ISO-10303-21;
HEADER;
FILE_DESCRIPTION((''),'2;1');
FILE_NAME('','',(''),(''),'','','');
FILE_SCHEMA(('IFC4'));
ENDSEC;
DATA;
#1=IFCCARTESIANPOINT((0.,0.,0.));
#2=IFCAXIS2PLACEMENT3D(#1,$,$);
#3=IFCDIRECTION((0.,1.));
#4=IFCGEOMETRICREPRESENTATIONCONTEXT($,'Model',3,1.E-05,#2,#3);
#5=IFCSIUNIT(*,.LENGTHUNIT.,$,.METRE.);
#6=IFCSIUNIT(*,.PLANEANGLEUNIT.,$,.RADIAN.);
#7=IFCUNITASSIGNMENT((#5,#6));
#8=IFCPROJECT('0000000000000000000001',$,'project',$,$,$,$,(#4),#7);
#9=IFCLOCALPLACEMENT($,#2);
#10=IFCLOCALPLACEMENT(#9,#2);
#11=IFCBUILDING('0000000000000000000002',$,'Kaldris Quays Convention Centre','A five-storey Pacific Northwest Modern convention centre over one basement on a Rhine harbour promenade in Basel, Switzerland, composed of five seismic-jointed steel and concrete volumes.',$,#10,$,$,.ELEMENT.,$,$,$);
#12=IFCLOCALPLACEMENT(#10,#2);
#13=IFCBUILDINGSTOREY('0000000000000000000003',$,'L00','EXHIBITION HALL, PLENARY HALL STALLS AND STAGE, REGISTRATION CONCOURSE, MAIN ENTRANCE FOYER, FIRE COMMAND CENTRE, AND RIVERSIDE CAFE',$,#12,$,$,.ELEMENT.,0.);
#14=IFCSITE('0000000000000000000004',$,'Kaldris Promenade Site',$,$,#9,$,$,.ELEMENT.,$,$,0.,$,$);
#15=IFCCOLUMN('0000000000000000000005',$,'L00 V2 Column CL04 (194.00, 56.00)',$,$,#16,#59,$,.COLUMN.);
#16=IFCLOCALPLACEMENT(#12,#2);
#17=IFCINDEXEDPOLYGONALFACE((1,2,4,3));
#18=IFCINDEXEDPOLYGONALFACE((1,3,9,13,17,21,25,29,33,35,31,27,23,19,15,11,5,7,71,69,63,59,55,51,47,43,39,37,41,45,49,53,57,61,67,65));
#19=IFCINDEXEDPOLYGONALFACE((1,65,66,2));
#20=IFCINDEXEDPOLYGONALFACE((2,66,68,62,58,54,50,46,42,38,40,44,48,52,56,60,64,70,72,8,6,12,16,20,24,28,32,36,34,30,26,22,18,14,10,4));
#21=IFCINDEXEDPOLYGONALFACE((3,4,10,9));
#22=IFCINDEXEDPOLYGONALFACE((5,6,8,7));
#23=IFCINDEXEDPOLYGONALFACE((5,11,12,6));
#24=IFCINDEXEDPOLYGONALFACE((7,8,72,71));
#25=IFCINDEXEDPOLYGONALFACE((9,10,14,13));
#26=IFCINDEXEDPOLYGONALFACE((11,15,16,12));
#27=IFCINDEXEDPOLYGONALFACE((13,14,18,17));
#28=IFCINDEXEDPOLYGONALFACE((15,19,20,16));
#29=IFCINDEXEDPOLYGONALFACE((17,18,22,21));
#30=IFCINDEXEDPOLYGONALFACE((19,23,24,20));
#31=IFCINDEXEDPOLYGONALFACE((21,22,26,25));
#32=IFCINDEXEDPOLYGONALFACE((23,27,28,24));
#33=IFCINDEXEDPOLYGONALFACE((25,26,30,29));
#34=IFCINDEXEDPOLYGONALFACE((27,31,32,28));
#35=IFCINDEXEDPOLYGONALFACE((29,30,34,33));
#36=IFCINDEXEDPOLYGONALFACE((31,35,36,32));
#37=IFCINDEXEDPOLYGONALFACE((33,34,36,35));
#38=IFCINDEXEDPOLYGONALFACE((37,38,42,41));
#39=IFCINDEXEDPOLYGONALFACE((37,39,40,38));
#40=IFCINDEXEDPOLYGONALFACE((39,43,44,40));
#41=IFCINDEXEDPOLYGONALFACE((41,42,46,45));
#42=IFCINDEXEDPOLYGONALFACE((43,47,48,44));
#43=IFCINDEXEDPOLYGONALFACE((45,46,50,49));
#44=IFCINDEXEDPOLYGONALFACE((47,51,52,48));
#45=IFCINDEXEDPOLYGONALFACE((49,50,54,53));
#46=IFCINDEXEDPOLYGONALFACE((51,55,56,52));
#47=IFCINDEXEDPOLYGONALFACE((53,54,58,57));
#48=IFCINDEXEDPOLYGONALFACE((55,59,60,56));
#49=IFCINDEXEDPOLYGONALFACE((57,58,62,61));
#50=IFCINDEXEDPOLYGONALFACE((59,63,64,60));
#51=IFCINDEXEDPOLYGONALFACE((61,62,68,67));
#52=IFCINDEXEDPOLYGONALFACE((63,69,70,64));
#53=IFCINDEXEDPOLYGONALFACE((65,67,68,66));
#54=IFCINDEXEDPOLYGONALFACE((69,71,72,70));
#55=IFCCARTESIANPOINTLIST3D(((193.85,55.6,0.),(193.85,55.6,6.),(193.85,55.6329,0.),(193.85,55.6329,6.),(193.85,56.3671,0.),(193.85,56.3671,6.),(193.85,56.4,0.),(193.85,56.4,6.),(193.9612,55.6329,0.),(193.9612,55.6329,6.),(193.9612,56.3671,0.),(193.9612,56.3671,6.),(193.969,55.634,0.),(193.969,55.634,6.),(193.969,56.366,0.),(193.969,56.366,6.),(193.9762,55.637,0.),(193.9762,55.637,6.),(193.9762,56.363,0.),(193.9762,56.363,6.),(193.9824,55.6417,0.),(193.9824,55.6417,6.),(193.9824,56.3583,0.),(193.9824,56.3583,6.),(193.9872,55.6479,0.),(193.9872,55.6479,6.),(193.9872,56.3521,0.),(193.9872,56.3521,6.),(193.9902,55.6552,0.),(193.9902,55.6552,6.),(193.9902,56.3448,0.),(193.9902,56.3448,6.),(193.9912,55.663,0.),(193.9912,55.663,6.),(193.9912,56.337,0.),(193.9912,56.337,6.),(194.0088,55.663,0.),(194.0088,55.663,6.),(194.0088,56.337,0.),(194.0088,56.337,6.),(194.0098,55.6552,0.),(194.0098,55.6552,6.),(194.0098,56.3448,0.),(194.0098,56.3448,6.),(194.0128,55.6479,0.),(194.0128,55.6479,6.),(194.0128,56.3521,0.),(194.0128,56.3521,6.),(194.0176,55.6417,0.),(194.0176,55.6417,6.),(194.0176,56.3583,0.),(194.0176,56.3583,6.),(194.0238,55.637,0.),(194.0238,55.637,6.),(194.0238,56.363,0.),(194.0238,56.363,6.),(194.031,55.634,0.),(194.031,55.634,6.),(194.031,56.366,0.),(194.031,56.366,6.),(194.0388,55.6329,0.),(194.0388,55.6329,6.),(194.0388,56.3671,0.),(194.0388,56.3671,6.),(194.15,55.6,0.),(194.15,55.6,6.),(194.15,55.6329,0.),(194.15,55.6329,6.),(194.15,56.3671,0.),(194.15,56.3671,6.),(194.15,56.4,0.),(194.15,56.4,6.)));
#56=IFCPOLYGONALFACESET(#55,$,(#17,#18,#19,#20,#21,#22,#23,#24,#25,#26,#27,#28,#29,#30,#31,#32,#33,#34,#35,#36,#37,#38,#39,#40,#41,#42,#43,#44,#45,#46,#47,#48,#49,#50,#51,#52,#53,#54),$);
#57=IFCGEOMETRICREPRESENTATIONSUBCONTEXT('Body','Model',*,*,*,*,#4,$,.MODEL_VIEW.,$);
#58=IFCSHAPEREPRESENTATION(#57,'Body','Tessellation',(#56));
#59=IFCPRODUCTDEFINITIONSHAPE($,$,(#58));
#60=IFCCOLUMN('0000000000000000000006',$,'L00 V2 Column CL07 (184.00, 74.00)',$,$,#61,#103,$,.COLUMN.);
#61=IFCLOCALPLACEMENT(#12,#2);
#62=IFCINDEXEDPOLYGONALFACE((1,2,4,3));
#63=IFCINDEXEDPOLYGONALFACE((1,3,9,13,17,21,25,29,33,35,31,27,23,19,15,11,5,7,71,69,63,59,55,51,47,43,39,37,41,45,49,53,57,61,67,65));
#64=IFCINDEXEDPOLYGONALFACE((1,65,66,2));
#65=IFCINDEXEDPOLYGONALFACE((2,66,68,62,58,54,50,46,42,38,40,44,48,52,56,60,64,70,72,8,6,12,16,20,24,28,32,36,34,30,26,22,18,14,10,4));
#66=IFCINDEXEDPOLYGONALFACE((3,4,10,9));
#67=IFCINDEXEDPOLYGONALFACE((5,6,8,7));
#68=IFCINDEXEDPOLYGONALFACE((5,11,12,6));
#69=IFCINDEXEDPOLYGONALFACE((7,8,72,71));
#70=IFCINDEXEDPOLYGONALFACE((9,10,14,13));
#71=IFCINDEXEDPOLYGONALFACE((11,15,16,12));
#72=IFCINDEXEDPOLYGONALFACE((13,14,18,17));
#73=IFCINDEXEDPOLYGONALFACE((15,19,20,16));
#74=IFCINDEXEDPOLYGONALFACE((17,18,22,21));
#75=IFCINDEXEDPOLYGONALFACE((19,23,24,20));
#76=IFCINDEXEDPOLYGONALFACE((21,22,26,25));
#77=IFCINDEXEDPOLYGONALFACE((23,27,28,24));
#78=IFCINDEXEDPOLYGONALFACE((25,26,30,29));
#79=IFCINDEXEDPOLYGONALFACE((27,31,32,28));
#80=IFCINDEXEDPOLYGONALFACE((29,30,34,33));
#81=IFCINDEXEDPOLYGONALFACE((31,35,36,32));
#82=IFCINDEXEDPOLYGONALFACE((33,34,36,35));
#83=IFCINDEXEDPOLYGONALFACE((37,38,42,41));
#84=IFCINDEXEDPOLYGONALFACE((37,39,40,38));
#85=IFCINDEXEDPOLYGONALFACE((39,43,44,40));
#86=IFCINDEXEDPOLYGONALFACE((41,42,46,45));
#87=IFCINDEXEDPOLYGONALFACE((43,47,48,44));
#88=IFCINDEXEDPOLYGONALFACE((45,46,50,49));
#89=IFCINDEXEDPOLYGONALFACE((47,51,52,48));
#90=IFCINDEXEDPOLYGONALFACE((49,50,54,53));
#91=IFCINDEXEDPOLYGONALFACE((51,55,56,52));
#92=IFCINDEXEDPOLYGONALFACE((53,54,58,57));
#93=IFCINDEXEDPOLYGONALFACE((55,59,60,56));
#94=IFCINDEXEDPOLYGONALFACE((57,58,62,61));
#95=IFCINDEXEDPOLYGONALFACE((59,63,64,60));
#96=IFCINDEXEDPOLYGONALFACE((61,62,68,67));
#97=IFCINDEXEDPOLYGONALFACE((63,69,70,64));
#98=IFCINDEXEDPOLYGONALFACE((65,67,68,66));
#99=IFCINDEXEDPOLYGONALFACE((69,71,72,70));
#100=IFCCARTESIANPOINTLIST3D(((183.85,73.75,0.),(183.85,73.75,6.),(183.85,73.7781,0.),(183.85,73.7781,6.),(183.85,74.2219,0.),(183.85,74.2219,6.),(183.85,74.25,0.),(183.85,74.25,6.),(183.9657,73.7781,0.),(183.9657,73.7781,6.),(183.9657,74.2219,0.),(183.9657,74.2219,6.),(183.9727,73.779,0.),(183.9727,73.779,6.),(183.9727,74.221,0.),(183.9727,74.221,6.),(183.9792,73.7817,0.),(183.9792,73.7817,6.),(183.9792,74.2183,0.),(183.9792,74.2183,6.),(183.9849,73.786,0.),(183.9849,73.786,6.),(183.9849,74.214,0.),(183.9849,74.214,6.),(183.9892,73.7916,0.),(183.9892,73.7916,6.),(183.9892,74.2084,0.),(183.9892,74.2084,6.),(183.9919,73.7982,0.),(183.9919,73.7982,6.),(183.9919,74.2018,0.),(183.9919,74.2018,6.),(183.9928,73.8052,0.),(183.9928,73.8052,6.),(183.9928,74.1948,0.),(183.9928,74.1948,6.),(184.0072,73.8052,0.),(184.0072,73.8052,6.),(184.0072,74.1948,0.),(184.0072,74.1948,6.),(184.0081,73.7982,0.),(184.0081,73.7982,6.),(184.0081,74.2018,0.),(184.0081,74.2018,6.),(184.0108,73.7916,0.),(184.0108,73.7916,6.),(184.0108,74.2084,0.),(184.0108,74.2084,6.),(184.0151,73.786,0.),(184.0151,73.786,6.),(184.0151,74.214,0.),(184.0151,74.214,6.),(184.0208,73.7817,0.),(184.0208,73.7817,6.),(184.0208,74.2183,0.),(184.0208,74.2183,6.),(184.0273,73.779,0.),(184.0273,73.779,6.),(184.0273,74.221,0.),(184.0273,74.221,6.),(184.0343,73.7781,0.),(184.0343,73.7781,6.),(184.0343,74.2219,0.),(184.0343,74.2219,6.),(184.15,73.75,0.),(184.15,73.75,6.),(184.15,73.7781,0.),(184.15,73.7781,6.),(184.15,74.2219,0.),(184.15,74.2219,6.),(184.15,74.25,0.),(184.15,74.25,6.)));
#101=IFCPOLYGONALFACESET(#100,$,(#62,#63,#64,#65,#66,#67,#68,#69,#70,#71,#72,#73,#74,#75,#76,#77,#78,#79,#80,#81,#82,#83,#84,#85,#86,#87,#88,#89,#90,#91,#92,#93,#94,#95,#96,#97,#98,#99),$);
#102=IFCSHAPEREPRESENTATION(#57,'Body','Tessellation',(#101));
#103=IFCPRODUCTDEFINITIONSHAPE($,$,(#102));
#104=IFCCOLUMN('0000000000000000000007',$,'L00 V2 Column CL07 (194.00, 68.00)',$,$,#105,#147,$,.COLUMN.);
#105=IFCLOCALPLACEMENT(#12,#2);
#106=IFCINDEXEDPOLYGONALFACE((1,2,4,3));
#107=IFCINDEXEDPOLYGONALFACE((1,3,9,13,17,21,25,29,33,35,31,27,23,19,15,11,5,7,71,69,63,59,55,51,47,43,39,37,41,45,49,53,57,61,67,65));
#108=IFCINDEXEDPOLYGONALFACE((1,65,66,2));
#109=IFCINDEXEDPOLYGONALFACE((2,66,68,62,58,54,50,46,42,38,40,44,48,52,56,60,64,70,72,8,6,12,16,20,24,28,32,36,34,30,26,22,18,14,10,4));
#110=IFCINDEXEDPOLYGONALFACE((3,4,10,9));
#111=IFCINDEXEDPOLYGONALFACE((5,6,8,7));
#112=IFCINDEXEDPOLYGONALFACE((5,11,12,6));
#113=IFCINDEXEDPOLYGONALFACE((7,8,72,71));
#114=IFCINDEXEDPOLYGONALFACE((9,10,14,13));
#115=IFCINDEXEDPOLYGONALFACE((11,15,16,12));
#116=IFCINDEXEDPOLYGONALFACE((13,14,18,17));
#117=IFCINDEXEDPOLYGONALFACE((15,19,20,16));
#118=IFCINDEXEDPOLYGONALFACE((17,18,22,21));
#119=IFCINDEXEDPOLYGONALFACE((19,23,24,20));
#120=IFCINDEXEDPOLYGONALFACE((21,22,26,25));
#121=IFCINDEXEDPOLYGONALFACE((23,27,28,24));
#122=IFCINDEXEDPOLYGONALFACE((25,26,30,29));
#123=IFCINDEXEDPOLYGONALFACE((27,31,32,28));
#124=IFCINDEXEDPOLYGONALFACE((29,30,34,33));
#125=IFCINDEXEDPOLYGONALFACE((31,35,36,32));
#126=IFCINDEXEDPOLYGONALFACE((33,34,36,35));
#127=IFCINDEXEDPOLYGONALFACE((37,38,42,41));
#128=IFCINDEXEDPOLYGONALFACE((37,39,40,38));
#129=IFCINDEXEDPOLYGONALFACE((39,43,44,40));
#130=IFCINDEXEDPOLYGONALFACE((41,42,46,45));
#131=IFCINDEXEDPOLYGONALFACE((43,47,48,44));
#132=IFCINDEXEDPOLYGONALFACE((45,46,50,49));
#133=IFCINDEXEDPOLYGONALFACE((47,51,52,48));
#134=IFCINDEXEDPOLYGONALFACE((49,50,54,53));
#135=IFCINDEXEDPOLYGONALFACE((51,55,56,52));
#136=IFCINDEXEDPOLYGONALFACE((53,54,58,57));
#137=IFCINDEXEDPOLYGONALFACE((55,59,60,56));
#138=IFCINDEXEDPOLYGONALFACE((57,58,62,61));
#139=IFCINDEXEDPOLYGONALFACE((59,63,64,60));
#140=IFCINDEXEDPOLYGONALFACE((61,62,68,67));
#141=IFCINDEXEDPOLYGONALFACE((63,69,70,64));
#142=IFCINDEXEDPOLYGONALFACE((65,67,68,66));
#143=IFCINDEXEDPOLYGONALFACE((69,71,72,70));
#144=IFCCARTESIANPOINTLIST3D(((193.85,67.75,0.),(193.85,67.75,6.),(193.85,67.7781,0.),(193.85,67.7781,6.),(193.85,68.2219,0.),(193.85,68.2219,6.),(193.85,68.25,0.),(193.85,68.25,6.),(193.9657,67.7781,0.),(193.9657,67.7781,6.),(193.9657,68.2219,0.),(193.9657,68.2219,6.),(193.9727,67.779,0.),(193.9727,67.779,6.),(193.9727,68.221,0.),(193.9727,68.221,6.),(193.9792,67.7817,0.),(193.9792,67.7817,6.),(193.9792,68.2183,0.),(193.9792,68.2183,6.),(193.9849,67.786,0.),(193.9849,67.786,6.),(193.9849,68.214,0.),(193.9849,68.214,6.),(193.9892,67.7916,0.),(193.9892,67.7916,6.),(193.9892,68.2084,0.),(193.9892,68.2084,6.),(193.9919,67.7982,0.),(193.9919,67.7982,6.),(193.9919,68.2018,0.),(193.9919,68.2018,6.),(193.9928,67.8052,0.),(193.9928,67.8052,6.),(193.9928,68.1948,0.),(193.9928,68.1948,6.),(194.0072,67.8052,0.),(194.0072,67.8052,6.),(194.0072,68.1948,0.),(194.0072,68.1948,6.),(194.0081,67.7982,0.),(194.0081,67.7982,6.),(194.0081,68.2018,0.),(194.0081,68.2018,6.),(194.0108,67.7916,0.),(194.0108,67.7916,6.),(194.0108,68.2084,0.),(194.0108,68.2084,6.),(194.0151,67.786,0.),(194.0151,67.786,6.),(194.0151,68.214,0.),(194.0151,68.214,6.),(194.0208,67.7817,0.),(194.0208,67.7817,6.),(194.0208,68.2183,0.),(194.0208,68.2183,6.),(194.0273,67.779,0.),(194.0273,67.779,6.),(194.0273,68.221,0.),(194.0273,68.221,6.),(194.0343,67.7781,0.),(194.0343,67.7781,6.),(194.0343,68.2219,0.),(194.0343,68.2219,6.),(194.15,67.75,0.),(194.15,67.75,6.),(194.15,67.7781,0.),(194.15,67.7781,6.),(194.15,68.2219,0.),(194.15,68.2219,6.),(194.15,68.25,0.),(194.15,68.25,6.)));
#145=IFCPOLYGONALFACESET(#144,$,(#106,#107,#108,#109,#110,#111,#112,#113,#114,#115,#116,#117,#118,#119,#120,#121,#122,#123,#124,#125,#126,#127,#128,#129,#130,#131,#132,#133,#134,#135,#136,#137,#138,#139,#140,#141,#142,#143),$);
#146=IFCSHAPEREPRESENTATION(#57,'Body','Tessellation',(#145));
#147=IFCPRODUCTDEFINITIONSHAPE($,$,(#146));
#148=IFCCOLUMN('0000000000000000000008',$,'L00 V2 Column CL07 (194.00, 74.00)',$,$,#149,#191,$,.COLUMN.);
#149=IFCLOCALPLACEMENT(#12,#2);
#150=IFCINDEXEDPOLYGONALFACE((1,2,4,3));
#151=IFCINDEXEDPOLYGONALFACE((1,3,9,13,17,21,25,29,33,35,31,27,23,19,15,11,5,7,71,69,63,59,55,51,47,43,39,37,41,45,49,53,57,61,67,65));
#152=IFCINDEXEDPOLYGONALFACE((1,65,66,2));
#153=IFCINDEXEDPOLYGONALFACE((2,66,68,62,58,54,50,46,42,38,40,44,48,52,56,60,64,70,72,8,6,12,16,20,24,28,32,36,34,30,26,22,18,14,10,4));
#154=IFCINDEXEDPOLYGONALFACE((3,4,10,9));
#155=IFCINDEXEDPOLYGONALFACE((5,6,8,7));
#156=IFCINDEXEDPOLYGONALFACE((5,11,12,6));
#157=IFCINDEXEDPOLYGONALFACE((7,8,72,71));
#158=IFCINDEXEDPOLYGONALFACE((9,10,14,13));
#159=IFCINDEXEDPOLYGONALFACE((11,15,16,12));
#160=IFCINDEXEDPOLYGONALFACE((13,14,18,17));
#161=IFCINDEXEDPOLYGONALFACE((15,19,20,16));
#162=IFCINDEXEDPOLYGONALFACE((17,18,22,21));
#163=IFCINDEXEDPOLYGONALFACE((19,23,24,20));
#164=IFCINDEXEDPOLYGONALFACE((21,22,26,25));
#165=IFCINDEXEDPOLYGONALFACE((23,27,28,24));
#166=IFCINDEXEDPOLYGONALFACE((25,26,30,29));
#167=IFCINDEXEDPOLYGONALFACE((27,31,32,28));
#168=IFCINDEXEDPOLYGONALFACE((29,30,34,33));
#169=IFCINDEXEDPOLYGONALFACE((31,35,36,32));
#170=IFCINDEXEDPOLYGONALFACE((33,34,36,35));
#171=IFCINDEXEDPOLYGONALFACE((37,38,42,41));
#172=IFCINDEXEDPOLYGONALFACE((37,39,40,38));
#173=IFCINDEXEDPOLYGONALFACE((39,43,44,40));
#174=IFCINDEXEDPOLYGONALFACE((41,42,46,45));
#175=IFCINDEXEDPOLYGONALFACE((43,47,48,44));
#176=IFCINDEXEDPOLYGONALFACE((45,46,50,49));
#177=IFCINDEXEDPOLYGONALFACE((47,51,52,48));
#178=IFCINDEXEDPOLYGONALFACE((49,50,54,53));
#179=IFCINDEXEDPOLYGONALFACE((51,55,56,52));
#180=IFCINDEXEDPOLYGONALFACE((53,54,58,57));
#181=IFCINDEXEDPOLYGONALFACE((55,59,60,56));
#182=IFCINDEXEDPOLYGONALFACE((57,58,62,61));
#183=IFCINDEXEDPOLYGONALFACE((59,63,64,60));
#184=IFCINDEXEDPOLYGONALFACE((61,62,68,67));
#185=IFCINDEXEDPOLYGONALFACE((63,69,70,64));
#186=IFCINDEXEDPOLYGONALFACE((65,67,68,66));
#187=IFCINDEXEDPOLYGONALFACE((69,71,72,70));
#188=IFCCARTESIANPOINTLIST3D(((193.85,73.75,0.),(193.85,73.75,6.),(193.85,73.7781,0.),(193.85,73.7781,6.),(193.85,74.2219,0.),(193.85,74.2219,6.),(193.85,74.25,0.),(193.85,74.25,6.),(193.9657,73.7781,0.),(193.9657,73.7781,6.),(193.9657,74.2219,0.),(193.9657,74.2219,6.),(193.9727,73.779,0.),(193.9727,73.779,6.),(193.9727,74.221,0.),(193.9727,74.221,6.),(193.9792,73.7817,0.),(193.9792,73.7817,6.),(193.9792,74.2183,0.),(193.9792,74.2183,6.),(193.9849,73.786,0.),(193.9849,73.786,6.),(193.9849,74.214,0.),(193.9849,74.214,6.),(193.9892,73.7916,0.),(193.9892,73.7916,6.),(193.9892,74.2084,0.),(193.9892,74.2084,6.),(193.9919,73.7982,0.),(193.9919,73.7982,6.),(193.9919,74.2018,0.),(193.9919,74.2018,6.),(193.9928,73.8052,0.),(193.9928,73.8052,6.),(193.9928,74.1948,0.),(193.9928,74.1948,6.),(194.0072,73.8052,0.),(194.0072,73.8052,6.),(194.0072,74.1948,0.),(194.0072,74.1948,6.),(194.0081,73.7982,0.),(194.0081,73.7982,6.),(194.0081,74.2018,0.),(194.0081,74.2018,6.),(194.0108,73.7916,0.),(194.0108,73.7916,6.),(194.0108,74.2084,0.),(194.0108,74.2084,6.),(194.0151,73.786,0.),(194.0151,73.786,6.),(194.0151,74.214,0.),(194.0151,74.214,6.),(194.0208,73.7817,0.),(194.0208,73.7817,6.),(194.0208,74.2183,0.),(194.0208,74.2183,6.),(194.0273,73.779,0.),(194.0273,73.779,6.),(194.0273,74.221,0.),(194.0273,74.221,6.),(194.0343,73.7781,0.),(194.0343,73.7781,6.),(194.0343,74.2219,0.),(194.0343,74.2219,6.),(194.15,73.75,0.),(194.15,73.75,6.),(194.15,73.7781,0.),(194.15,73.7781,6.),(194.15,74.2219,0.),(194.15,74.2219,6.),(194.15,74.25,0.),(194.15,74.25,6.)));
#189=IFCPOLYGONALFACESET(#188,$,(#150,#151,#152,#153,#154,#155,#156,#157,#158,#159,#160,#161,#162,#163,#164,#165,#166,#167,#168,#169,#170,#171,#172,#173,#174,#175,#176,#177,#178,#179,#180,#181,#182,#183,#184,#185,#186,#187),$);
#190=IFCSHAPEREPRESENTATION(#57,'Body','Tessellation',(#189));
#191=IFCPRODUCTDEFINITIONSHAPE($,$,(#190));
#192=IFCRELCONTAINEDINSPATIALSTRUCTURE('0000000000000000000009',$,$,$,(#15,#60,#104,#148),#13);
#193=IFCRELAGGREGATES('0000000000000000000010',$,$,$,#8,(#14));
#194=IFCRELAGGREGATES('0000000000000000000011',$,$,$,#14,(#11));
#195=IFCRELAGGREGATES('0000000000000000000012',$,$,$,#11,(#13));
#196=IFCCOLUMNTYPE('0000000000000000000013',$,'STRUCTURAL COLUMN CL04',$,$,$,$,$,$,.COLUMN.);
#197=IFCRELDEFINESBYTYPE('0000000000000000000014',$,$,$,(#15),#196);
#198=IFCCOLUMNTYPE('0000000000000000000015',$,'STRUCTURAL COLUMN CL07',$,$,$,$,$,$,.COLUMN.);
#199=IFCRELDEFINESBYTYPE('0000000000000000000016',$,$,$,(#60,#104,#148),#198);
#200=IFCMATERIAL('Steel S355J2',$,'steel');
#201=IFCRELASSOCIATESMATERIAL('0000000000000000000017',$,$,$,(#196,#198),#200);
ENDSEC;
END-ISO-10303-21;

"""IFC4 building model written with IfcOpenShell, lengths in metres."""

from ifc_helpers import new_model, si_unit, direction, frame, origin, origin_2d, place, context, subcontext, project, spatial, i_section, extrude, material, material_profile, profile_set, type_object, element, save


model = new_model("IFC4")

# Units and contexts
model_context = context("Model", 3, precision=1e-05, world=origin(), true_north=direction((0.0, 1.0)))
body_context = subcontext(model_context, "Body", "Model", "MODEL_VIEW")
ifc_project = project(units=[si_unit("LENGTHUNIT", "METRE"), si_unit("PLANEANGLEUNIT", "RADIAN")], contexts=[model_context])

# Site, building, storey
site_placement = place(None, origin())
site = spatial("IfcSite", under=ifc_project, at=site_placement, Name="Kaldris Promenade Site", CompositionType="ELEMENT", RefElevation=0.0)
building_placement = place(site_placement, origin())
building = spatial("IfcBuilding", under=site, at=building_placement, Name="Kaldris Quays Convention Centre", Description="A five-storey Pacific Northwest Modern convention centre over one basement on a Rhine harbour promenade in Basel, Switzerland, composed of five seismic-jointed steel and concrete volumes.", CompositionType="ELEMENT")
storey_placement = place(building_placement, origin())
storey = spatial("IfcBuildingStorey", under=building, at=storey_placement, Name="L00", Description="EXHIBITION HALL, PLENARY HALL STALLS AND STAGE, REGISTRATION CONCOURSE, MAIN ENTRANCE FOYER, FIRE COMMAND CENTRE, AND RIVERSIDE CAFE", CompositionType="ELEMENT", Elevation=0.0)

# Columns
ifc_material_1 = material(Name="Steel S355J2", Category="steel")
ifc_material_profile_1 = material_profile(ifc_material_1, i_section(OverallWidth=0.3, OverallDepth=0.8, WebThickness=0.0176, FlangeThickness=0.033, FilletRadius=0.03, at=origin_2d()), Name="HEB 800")
ifc_profile_set_1 = profile_set([ifc_material_profile_1], Name="Steel S355J2")
column_type_1 = type_object("IfcColumnType", Name="STRUCTURAL COLUMN CL04", PredefinedType="COLUMN", material=ifc_profile_set_1)
column_placement = place(storey_placement, frame((194.0, 56.0, 0.0), z_axis=(0.0, 0.0, 1.0), x_axis=(1.0, 0.0, 0.0)))
element("IfcColumn", 1, at=column_placement, inside=storey, type_object=column_type_1, Name="L00 V2 Column CL04 (194.00, 56.00)", PredefinedType="COLUMN", context=body_context, shape_type="SweptSolid", body=[
    extrude(i_section(OverallWidth=0.3, OverallDepth=0.8, WebThickness=0.0176, FlangeThickness=0.033, FilletRadius=0.03, at=origin_2d()), origin(), (0.0, 0.0, 1.0), 6.0),
])
ifc_material_profile_2 = material_profile(ifc_material_1, i_section(OverallWidth=0.3, OverallDepth=0.5, WebThickness=0.0144, FlangeThickness=0.0281, FilletRadius=0.0271, at=origin_2d()), Name="HEB 500")
ifc_profile_set_2 = profile_set([ifc_material_profile_2], Name="Steel S355J2")
column_type_2 = type_object("IfcColumnType", Name="STRUCTURAL COLUMN CL07", PredefinedType="COLUMN", material=ifc_profile_set_2)
for number, where, z_axis, x_axis, name in (
    (2, (184.0, 74.0, 0.0), (0.0, 0.0, 1.0), (1.0, 0.0, 0.0), "L00 V2 Column CL07 (184.00, 74.00)"),
    (3, (194.0, 68.0, 0.0), (0.0, 0.0, 1.0), (1.0, 0.0, 0.0), "L00 V2 Column CL07 (194.00, 68.00)"),
    (4, (194.0, 74.0, 0.0), (0.0, 0.0, 1.0), (1.0, 0.0, 0.0), "L00 V2 Column CL07 (194.00, 74.00)"),
):
    element("IfcColumn", number, at=place(storey_placement, frame(where, z_axis=z_axis, x_axis=x_axis)), inside=storey, type_object=column_type_2, Name=name, PredefinedType="COLUMN", context=body_context, shape_type="SweptSolid", body=[
        extrude(i_section(OverallWidth=0.3, OverallDepth=0.5, WebThickness=0.0144, FlangeThickness=0.0281, FilletRadius=0.0271, at=origin_2d()), origin(), (0.0, 0.0, 1.0), 6.0),
    ])

save(model, "model.ifc")
